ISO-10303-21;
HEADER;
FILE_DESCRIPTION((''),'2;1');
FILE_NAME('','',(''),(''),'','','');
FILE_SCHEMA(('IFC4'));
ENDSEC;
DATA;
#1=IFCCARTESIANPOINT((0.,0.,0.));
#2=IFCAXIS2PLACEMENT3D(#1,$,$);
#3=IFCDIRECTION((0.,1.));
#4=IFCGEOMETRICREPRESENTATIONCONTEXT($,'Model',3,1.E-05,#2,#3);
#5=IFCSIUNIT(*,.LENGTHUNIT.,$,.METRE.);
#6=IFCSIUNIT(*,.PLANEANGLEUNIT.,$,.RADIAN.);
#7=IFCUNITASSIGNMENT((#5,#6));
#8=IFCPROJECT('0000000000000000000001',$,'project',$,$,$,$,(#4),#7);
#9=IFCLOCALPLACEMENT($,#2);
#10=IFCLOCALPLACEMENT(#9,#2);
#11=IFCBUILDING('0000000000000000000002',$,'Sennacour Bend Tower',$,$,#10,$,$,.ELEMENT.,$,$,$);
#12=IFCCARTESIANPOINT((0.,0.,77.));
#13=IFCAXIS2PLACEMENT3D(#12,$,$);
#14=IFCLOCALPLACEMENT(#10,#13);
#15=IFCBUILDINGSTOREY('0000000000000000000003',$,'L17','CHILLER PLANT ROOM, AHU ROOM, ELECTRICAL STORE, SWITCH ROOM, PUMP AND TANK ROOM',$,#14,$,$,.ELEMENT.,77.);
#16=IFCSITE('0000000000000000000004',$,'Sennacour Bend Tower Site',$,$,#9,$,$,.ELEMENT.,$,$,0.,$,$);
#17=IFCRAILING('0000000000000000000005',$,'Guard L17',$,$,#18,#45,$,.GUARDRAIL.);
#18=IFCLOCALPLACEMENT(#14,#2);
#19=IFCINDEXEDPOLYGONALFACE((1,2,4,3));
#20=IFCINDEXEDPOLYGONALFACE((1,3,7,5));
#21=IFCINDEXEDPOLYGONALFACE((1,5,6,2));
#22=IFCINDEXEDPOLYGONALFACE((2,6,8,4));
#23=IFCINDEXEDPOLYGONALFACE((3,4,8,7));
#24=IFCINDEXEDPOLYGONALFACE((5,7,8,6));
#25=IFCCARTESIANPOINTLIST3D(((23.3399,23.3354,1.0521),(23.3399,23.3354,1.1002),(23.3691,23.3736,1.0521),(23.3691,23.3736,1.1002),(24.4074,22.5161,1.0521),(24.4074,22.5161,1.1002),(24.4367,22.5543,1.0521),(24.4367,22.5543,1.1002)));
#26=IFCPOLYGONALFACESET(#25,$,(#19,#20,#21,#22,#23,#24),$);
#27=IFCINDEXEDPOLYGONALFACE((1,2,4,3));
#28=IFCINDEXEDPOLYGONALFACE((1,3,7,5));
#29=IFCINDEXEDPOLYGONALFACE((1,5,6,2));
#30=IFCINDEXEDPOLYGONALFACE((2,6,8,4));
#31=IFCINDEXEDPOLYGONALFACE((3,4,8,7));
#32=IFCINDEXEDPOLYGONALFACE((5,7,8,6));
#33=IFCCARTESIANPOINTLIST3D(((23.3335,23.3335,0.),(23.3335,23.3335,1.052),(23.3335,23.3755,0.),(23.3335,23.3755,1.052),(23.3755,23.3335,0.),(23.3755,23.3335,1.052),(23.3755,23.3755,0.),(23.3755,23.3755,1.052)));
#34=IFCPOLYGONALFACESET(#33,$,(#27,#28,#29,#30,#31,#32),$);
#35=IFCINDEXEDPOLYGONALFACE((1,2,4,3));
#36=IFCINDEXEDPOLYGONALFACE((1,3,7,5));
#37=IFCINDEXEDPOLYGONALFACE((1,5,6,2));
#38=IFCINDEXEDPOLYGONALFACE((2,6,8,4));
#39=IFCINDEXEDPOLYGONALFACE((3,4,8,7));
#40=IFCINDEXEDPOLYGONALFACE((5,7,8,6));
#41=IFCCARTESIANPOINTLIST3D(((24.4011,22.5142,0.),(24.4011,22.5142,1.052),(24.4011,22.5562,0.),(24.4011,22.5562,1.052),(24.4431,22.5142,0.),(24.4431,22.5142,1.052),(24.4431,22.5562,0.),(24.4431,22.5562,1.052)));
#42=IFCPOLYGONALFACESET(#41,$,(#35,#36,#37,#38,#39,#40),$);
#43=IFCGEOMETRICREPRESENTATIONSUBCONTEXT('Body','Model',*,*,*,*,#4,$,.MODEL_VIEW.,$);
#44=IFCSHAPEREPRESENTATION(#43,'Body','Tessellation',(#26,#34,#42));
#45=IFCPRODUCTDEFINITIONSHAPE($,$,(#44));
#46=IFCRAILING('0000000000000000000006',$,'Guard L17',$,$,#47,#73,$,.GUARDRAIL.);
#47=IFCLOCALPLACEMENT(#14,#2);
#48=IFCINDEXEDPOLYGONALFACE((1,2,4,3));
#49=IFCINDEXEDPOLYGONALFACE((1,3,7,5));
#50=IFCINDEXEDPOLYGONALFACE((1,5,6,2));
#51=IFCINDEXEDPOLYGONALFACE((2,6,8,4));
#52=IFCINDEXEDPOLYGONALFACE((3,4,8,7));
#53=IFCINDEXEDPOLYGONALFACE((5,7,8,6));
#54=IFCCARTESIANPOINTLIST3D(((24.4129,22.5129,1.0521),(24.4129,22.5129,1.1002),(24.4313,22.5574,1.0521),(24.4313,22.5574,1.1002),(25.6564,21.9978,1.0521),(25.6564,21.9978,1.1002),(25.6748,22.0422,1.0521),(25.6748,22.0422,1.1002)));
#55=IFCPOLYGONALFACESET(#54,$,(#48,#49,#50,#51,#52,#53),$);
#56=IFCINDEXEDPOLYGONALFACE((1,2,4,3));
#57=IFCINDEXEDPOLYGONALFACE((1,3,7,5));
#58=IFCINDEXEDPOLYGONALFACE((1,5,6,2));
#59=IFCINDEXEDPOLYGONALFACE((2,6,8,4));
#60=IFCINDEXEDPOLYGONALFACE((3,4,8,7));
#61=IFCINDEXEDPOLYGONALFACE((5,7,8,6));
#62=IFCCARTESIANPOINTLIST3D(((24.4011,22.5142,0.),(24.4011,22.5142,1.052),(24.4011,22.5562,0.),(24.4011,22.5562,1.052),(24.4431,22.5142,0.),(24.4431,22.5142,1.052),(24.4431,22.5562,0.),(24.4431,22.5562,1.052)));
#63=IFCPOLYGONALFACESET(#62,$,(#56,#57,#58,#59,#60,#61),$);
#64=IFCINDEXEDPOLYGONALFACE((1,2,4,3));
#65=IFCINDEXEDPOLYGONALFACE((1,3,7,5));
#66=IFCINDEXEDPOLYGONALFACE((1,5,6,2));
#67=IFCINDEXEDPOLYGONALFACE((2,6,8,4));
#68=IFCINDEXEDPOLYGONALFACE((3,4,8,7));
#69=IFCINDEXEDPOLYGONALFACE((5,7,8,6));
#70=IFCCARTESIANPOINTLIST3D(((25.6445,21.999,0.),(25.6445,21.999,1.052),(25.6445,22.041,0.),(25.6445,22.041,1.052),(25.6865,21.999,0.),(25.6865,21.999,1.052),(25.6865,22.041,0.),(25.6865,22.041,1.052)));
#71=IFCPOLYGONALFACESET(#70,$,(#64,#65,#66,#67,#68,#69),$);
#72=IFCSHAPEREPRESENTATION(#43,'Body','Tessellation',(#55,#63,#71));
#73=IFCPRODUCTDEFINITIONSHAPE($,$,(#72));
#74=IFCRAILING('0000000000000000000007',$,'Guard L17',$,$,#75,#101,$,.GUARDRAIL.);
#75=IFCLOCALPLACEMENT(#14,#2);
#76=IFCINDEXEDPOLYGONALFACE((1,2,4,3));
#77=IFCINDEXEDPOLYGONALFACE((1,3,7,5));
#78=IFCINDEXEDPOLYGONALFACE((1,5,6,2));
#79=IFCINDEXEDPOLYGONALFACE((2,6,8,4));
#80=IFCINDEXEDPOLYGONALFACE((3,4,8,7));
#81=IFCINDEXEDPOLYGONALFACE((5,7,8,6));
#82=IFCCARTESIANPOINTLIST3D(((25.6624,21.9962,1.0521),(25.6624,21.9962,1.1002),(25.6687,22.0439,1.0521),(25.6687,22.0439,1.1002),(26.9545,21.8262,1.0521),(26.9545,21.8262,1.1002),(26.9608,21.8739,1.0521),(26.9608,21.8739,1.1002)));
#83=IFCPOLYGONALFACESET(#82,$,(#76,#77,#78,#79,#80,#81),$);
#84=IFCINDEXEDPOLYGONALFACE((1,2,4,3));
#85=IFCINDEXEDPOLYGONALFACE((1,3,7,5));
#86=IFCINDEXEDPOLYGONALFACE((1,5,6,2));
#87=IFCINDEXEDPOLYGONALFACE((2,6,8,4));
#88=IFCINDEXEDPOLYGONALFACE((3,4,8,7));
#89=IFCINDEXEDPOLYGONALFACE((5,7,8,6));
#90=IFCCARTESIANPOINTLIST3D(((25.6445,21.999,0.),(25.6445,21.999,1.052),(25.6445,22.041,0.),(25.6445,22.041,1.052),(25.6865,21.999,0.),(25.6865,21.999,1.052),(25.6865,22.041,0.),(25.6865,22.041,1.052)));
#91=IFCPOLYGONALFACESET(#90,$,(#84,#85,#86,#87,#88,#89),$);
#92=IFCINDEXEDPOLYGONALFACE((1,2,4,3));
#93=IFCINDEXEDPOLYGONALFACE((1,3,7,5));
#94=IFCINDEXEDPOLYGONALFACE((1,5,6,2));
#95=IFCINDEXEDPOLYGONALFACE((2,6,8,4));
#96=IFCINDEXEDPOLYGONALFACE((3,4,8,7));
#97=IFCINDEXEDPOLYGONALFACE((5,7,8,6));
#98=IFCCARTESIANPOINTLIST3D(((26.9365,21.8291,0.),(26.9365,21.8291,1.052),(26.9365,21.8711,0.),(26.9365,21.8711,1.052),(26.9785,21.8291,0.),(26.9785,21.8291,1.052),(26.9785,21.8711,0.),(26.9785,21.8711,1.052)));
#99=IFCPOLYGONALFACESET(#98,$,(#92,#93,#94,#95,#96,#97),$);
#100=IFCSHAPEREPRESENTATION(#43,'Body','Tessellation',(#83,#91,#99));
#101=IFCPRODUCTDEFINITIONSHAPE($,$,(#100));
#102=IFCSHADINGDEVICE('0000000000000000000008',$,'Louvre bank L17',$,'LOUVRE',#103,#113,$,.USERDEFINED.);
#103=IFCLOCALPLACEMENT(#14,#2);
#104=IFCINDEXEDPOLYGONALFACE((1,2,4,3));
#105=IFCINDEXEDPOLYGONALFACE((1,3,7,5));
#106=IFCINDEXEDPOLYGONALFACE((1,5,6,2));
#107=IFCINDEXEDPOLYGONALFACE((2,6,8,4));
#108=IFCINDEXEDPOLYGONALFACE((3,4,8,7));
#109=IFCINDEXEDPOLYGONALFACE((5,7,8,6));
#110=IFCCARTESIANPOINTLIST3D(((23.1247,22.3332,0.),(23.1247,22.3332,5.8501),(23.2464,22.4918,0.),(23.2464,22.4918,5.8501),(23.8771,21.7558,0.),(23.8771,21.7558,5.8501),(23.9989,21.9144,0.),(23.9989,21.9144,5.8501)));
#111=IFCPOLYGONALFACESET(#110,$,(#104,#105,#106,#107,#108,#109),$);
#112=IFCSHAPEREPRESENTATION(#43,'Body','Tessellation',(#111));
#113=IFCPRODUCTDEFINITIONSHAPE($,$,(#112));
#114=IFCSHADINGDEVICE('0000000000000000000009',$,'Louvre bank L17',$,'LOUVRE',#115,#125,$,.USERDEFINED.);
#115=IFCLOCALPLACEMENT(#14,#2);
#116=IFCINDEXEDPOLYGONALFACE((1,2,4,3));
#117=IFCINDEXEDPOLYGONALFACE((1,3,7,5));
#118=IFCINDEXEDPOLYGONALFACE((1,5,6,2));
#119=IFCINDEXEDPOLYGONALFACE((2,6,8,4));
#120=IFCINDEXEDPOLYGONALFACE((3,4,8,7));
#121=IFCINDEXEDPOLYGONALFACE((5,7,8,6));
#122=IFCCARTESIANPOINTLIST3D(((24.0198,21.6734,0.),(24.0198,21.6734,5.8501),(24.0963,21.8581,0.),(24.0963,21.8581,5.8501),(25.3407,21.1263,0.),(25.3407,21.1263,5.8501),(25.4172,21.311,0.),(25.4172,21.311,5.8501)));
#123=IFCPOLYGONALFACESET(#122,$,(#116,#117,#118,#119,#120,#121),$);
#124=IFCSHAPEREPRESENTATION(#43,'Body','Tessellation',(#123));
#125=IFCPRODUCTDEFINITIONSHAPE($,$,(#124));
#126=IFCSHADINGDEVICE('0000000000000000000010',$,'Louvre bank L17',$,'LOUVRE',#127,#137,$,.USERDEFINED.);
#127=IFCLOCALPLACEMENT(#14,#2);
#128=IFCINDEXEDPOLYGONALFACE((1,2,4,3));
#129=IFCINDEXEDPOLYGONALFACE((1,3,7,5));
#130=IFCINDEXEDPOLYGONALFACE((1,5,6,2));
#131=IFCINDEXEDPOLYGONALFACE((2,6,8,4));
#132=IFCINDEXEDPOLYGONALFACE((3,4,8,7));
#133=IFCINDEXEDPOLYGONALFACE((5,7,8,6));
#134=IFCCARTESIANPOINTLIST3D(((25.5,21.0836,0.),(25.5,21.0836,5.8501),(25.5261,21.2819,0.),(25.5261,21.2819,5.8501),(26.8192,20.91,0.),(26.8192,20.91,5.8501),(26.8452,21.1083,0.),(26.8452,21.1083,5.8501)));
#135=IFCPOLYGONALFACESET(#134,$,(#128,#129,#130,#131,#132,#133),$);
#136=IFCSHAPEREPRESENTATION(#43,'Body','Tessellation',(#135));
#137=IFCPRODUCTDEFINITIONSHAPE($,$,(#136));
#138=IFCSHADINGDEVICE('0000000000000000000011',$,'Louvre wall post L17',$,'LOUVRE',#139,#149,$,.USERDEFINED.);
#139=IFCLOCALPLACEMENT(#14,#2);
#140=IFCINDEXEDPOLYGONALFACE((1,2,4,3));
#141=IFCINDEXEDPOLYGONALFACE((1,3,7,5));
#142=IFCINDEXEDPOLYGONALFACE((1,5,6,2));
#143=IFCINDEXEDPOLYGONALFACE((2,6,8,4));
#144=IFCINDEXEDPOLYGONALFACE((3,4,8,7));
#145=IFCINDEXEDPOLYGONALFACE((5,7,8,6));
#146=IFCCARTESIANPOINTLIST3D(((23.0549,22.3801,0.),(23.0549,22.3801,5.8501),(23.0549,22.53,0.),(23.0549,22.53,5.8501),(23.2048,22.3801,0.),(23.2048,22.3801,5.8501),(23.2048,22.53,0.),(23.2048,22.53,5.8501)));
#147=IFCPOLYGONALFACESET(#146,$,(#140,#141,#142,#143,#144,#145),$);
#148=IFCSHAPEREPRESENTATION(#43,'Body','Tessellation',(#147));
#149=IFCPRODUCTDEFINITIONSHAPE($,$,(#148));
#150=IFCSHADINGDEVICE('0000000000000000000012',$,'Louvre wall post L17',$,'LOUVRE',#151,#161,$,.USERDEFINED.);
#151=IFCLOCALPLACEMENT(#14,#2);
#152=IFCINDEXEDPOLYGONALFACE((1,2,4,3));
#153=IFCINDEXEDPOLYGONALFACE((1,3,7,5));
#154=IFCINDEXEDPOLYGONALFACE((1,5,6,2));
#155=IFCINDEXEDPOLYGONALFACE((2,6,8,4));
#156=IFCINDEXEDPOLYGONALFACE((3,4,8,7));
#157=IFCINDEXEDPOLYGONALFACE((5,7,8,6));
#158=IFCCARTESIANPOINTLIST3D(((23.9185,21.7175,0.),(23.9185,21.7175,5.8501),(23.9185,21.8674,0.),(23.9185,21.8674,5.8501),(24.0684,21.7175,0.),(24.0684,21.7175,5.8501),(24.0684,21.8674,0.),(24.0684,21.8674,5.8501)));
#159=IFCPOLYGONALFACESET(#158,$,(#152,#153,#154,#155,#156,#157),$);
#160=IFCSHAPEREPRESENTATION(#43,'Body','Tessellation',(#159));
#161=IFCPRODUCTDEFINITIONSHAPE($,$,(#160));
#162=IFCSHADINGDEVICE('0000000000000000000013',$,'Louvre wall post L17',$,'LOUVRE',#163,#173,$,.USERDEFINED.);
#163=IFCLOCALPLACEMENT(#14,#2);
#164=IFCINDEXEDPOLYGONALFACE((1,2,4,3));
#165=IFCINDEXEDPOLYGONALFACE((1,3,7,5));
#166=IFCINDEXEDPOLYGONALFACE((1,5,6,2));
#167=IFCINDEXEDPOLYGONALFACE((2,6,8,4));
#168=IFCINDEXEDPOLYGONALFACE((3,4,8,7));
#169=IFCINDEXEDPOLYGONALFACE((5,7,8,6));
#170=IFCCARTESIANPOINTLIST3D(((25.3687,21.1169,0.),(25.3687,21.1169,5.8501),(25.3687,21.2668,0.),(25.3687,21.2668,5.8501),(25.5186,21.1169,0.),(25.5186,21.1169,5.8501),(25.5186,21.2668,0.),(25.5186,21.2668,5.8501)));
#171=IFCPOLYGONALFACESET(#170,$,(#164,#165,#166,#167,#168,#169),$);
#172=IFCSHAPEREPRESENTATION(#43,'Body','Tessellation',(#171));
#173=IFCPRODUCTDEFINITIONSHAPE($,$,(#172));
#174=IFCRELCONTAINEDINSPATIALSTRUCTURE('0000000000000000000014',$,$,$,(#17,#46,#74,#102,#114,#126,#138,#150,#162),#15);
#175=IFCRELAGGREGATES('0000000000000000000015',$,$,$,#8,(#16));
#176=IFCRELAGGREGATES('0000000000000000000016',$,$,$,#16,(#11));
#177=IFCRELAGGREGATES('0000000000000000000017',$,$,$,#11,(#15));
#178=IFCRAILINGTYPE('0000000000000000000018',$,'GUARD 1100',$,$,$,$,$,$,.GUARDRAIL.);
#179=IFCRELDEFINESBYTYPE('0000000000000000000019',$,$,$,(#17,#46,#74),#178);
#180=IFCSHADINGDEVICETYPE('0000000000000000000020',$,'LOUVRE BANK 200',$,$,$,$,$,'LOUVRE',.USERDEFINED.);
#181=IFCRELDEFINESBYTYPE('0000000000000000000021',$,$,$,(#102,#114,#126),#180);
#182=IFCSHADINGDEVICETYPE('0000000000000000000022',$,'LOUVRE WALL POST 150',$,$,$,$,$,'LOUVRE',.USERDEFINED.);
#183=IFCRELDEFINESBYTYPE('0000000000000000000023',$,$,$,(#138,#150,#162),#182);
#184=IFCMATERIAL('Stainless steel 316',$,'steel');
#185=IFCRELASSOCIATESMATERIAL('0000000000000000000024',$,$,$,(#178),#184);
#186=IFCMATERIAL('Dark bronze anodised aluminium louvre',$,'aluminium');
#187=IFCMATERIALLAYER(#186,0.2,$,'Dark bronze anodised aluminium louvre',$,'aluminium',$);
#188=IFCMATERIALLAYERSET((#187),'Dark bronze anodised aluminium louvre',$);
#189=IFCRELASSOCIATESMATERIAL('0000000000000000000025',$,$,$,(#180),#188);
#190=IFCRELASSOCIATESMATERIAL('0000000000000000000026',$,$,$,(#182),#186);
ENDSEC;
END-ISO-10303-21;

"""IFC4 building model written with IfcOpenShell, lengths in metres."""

from ifc_helpers import new_model, si_unit, direction, frame, origin, origin_2d, place, context, subcontext, project, spatial, rectangle, extrude, material, layer, layer_set, type_object, element, save


model = new_model("IFC4")

# Units and contexts
model_context = context("Model", 3, precision=1e-05, world=origin(), true_north=direction((0.0, 1.0)))
body_context = subcontext(model_context, "Body", "Model", "MODEL_VIEW")
ifc_project = project(units=[si_unit("LENGTHUNIT", "METRE"), si_unit("PLANEANGLEUNIT", "RADIAN")], contexts=[model_context])

# Site, building, storey
site_placement = place(None, origin())
site = spatial("IfcSite", under=ifc_project, at=site_placement, Name="Sennacour Bend Tower Site", CompositionType="ELEMENT", RefElevation=0.0)
building_placement = place(site_placement, origin())
building = spatial("IfcBuilding", under=site, at=building_placement, Name="Sennacour Bend Tower", CompositionType="ELEMENT")
storey_placement = place(building_placement, frame((0.0, 0.0, 77.0)))
storey = spatial("IfcBuildingStorey", under=building, at=storey_placement, Name="L17", Description="CHILLER PLANT ROOM, AHU ROOM, ELECTRICAL STORE, SWITCH ROOM, PUMP AND TANK ROOM", CompositionType="ELEMENT", Elevation=77.0)

# Railings
ifc_material_1 = material(Name="Stainless steel 316", Category="steel")
railing_type = type_object("IfcRailingType", Name="GUARD 1100", PredefinedType="GUARDRAIL", material=ifc_material_1)
railing_1_placement = place(storey_placement, frame((23.3545, 23.3545, 0.0)))
element("IfcRailing", 1, at=railing_1_placement, inside=storey, type_object=railing_type, Name="Guard L17", PredefinedType="GUARDRAIL", context=body_context, shape_type="SweptSolid", body=[
    extrude(rectangle(XDim=0.0481, YDim=0.0481, at=origin_2d()), frame((0.0, 0.0, 1.0762), z_axis=(0.793311, -0.608816, 0.0), x_axis=(0.608816, 0.793311, 0.0)), (0.0, 0.0, 1.0), 1.3457),
    extrude(rectangle(XDim=0.042, YDim=0.042, at=origin_2d()), origin(), (0.0, 0.0, 1.0), 1.052),
    extrude(rectangle(XDim=0.042, YDim=0.042, at=origin_2d()), frame((1.0676, -0.8193, 0.0)), (0.0, 0.0, 1.0), 1.052),
])
railing_2_placement = place(storey_placement, frame((24.4221, 22.5352, 0.0)))
element("IfcRailing", 2, at=railing_2_placement, inside=storey, type_object=railing_type, Name="Guard L17", PredefinedType="GUARDRAIL", context=body_context, shape_type="SweptSolid", body=[
    extrude(rectangle(XDim=0.0481, YDim=0.0481, at=origin_2d()), frame((0.0, 0.0, 1.0762), z_axis=(0.923853, -0.382747, 0.0), x_axis=(0.382747, 0.923853, 0.0)), (0.0, 0.0, 1.0), 1.3459),
    extrude(rectangle(XDim=0.042, YDim=0.042, at=origin_2d()), origin(), (0.0, 0.0, 1.0), 1.052),
    extrude(rectangle(XDim=0.042, YDim=0.042, at=origin_2d()), frame((1.2434, -0.5151, 0.0)), (0.0, 0.0, 1.0), 1.052),
])
railing_3_placement = place(storey_placement, frame((25.6655, 22.02, 0.0)))
element("IfcRailing", 3, at=railing_3_placement, inside=storey, type_object=railing_type, Name="Guard L17", PredefinedType="GUARDRAIL", context=body_context, shape_type="SweptSolid", body=[
    extrude(rectangle(XDim=0.0481, YDim=0.0481, at=origin_2d()), frame((0.0, 0.0, 1.0762), z_axis=(0.991462, -0.130396, 0.0), x_axis=(0.130396, 0.991462, 0.0)), (0.0, 0.0, 1.0), 1.3032),
    extrude(rectangle(XDim=0.042, YDim=0.042, at=origin_2d()), origin(), (0.0, 0.0, 1.0), 1.052),
    extrude(rectangle(XDim=0.042, YDim=0.042, at=origin_2d()), frame((1.292, -0.1699, 0.0)), (0.0, 0.0, 1.0), 1.052),
])

# Shading devices
ifc_material_2 = material(Name="Dark bronze anodised aluminium louvre", Category="aluminium")
ifc_layer_1 = layer(ifc_material_2, 0.2, Name="Dark bronze anodised aluminium louvre", Category="aluminium")
ifc_layer_set_1 = layer_set([ifc_layer_1], Name="Dark bronze anodised aluminium louvre")
shading_device_type_1 = type_object("IfcShadingDeviceType", Name="LOUVRE BANK 200", ElementType="LOUVRE", PredefinedType="USERDEFINED", material=ifc_layer_set_1)
shading_device_1_placement = place(storey_placement, frame((23.5618, 22.1238, 0.0), z_axis=(0.0, 0.0, 1.0), x_axis=(0.793338, -0.608781, 0.0)))
element("IfcShadingDevice", 4, at=shading_device_1_placement, inside=storey, type_object=shading_device_type_1, Name="Louvre bank L17", ObjectType="LOUVRE", PredefinedType="USERDEFINED", context=body_context, shape_type="SweptSolid", body=[
    extrude(rectangle(XDim=0.9485, YDim=0.2, at=origin_2d()), origin(), (0.0, 0.0, 1.0), 5.8501),
])
shading_device_2_placement = place(storey_placement, frame((24.7185, 21.4922, 0.0), z_axis=(0.0, 0.0, 1.0), x_axis=(0.923878, -0.382688, 0.0)))
element("IfcShadingDevice", 5, at=shading_device_2_placement, inside=storey, type_object=shading_device_type_1, Name="Louvre bank L17", ObjectType="LOUVRE", PredefinedType="USERDEFINED", context=body_context, shape_type="SweptSolid", body=[
    extrude(rectangle(XDim=1.4297, YDim=0.2, at=origin_2d()), origin(), (0.0, 0.0, 1.0), 5.8501),
])
shading_device_3_placement = place(storey_placement, frame((26.1726, 21.0959, 0.0), z_axis=(0.0, 0.0, 1.0), x_axis=(0.991449, -0.130493, 0.0)))
element("IfcShadingDevice", 6, at=shading_device_3_placement, inside=storey, type_object=shading_device_type_1, Name="Louvre bank L17", ObjectType="LOUVRE", PredefinedType="USERDEFINED", context=body_context, shape_type="SweptSolid", body=[
    extrude(rectangle(XDim=1.3306, YDim=0.2, at=origin_2d()), origin(), (0.0, 0.0, 1.0), 5.8501),
])
shading_device_type_2 = type_object("IfcShadingDeviceType", Name="LOUVRE WALL POST 150", ElementType="LOUVRE", PredefinedType="USERDEFINED", material=ifc_material_2)
for number, where, z_axis, x_axis, name in (
    (7, (23.1299, 22.4551, 0.0), (0.0, 0.0, 1.0), (1.0, 0.0, 0.0), "Louvre wall post L17"),
    (8, (23.9934, 21.7925, 0.0), (0.0, 0.0, 1.0), (1.0, 0.0, 0.0), "Louvre wall post L17"),
    (9, (25.4436, 21.1919, 0.0), (0.0, 0.0, 1.0), (1.0, 0.0, 0.0), "Louvre wall post L17"),
):
    element("IfcShadingDevice", number, at=place(storey_placement, frame(where, z_axis=z_axis, x_axis=x_axis)), inside=storey, type_object=shading_device_type_2, Name=name, ObjectType="LOUVRE", PredefinedType="USERDEFINED", context=body_context, shape_type="SweptSolid", body=[
        extrude(rectangle(XDim=0.1499, YDim=0.1499, at=origin_2d()), origin(), (0.0, 0.0, 1.0), 5.8501),
    ])

save(model, "model.ifc")
